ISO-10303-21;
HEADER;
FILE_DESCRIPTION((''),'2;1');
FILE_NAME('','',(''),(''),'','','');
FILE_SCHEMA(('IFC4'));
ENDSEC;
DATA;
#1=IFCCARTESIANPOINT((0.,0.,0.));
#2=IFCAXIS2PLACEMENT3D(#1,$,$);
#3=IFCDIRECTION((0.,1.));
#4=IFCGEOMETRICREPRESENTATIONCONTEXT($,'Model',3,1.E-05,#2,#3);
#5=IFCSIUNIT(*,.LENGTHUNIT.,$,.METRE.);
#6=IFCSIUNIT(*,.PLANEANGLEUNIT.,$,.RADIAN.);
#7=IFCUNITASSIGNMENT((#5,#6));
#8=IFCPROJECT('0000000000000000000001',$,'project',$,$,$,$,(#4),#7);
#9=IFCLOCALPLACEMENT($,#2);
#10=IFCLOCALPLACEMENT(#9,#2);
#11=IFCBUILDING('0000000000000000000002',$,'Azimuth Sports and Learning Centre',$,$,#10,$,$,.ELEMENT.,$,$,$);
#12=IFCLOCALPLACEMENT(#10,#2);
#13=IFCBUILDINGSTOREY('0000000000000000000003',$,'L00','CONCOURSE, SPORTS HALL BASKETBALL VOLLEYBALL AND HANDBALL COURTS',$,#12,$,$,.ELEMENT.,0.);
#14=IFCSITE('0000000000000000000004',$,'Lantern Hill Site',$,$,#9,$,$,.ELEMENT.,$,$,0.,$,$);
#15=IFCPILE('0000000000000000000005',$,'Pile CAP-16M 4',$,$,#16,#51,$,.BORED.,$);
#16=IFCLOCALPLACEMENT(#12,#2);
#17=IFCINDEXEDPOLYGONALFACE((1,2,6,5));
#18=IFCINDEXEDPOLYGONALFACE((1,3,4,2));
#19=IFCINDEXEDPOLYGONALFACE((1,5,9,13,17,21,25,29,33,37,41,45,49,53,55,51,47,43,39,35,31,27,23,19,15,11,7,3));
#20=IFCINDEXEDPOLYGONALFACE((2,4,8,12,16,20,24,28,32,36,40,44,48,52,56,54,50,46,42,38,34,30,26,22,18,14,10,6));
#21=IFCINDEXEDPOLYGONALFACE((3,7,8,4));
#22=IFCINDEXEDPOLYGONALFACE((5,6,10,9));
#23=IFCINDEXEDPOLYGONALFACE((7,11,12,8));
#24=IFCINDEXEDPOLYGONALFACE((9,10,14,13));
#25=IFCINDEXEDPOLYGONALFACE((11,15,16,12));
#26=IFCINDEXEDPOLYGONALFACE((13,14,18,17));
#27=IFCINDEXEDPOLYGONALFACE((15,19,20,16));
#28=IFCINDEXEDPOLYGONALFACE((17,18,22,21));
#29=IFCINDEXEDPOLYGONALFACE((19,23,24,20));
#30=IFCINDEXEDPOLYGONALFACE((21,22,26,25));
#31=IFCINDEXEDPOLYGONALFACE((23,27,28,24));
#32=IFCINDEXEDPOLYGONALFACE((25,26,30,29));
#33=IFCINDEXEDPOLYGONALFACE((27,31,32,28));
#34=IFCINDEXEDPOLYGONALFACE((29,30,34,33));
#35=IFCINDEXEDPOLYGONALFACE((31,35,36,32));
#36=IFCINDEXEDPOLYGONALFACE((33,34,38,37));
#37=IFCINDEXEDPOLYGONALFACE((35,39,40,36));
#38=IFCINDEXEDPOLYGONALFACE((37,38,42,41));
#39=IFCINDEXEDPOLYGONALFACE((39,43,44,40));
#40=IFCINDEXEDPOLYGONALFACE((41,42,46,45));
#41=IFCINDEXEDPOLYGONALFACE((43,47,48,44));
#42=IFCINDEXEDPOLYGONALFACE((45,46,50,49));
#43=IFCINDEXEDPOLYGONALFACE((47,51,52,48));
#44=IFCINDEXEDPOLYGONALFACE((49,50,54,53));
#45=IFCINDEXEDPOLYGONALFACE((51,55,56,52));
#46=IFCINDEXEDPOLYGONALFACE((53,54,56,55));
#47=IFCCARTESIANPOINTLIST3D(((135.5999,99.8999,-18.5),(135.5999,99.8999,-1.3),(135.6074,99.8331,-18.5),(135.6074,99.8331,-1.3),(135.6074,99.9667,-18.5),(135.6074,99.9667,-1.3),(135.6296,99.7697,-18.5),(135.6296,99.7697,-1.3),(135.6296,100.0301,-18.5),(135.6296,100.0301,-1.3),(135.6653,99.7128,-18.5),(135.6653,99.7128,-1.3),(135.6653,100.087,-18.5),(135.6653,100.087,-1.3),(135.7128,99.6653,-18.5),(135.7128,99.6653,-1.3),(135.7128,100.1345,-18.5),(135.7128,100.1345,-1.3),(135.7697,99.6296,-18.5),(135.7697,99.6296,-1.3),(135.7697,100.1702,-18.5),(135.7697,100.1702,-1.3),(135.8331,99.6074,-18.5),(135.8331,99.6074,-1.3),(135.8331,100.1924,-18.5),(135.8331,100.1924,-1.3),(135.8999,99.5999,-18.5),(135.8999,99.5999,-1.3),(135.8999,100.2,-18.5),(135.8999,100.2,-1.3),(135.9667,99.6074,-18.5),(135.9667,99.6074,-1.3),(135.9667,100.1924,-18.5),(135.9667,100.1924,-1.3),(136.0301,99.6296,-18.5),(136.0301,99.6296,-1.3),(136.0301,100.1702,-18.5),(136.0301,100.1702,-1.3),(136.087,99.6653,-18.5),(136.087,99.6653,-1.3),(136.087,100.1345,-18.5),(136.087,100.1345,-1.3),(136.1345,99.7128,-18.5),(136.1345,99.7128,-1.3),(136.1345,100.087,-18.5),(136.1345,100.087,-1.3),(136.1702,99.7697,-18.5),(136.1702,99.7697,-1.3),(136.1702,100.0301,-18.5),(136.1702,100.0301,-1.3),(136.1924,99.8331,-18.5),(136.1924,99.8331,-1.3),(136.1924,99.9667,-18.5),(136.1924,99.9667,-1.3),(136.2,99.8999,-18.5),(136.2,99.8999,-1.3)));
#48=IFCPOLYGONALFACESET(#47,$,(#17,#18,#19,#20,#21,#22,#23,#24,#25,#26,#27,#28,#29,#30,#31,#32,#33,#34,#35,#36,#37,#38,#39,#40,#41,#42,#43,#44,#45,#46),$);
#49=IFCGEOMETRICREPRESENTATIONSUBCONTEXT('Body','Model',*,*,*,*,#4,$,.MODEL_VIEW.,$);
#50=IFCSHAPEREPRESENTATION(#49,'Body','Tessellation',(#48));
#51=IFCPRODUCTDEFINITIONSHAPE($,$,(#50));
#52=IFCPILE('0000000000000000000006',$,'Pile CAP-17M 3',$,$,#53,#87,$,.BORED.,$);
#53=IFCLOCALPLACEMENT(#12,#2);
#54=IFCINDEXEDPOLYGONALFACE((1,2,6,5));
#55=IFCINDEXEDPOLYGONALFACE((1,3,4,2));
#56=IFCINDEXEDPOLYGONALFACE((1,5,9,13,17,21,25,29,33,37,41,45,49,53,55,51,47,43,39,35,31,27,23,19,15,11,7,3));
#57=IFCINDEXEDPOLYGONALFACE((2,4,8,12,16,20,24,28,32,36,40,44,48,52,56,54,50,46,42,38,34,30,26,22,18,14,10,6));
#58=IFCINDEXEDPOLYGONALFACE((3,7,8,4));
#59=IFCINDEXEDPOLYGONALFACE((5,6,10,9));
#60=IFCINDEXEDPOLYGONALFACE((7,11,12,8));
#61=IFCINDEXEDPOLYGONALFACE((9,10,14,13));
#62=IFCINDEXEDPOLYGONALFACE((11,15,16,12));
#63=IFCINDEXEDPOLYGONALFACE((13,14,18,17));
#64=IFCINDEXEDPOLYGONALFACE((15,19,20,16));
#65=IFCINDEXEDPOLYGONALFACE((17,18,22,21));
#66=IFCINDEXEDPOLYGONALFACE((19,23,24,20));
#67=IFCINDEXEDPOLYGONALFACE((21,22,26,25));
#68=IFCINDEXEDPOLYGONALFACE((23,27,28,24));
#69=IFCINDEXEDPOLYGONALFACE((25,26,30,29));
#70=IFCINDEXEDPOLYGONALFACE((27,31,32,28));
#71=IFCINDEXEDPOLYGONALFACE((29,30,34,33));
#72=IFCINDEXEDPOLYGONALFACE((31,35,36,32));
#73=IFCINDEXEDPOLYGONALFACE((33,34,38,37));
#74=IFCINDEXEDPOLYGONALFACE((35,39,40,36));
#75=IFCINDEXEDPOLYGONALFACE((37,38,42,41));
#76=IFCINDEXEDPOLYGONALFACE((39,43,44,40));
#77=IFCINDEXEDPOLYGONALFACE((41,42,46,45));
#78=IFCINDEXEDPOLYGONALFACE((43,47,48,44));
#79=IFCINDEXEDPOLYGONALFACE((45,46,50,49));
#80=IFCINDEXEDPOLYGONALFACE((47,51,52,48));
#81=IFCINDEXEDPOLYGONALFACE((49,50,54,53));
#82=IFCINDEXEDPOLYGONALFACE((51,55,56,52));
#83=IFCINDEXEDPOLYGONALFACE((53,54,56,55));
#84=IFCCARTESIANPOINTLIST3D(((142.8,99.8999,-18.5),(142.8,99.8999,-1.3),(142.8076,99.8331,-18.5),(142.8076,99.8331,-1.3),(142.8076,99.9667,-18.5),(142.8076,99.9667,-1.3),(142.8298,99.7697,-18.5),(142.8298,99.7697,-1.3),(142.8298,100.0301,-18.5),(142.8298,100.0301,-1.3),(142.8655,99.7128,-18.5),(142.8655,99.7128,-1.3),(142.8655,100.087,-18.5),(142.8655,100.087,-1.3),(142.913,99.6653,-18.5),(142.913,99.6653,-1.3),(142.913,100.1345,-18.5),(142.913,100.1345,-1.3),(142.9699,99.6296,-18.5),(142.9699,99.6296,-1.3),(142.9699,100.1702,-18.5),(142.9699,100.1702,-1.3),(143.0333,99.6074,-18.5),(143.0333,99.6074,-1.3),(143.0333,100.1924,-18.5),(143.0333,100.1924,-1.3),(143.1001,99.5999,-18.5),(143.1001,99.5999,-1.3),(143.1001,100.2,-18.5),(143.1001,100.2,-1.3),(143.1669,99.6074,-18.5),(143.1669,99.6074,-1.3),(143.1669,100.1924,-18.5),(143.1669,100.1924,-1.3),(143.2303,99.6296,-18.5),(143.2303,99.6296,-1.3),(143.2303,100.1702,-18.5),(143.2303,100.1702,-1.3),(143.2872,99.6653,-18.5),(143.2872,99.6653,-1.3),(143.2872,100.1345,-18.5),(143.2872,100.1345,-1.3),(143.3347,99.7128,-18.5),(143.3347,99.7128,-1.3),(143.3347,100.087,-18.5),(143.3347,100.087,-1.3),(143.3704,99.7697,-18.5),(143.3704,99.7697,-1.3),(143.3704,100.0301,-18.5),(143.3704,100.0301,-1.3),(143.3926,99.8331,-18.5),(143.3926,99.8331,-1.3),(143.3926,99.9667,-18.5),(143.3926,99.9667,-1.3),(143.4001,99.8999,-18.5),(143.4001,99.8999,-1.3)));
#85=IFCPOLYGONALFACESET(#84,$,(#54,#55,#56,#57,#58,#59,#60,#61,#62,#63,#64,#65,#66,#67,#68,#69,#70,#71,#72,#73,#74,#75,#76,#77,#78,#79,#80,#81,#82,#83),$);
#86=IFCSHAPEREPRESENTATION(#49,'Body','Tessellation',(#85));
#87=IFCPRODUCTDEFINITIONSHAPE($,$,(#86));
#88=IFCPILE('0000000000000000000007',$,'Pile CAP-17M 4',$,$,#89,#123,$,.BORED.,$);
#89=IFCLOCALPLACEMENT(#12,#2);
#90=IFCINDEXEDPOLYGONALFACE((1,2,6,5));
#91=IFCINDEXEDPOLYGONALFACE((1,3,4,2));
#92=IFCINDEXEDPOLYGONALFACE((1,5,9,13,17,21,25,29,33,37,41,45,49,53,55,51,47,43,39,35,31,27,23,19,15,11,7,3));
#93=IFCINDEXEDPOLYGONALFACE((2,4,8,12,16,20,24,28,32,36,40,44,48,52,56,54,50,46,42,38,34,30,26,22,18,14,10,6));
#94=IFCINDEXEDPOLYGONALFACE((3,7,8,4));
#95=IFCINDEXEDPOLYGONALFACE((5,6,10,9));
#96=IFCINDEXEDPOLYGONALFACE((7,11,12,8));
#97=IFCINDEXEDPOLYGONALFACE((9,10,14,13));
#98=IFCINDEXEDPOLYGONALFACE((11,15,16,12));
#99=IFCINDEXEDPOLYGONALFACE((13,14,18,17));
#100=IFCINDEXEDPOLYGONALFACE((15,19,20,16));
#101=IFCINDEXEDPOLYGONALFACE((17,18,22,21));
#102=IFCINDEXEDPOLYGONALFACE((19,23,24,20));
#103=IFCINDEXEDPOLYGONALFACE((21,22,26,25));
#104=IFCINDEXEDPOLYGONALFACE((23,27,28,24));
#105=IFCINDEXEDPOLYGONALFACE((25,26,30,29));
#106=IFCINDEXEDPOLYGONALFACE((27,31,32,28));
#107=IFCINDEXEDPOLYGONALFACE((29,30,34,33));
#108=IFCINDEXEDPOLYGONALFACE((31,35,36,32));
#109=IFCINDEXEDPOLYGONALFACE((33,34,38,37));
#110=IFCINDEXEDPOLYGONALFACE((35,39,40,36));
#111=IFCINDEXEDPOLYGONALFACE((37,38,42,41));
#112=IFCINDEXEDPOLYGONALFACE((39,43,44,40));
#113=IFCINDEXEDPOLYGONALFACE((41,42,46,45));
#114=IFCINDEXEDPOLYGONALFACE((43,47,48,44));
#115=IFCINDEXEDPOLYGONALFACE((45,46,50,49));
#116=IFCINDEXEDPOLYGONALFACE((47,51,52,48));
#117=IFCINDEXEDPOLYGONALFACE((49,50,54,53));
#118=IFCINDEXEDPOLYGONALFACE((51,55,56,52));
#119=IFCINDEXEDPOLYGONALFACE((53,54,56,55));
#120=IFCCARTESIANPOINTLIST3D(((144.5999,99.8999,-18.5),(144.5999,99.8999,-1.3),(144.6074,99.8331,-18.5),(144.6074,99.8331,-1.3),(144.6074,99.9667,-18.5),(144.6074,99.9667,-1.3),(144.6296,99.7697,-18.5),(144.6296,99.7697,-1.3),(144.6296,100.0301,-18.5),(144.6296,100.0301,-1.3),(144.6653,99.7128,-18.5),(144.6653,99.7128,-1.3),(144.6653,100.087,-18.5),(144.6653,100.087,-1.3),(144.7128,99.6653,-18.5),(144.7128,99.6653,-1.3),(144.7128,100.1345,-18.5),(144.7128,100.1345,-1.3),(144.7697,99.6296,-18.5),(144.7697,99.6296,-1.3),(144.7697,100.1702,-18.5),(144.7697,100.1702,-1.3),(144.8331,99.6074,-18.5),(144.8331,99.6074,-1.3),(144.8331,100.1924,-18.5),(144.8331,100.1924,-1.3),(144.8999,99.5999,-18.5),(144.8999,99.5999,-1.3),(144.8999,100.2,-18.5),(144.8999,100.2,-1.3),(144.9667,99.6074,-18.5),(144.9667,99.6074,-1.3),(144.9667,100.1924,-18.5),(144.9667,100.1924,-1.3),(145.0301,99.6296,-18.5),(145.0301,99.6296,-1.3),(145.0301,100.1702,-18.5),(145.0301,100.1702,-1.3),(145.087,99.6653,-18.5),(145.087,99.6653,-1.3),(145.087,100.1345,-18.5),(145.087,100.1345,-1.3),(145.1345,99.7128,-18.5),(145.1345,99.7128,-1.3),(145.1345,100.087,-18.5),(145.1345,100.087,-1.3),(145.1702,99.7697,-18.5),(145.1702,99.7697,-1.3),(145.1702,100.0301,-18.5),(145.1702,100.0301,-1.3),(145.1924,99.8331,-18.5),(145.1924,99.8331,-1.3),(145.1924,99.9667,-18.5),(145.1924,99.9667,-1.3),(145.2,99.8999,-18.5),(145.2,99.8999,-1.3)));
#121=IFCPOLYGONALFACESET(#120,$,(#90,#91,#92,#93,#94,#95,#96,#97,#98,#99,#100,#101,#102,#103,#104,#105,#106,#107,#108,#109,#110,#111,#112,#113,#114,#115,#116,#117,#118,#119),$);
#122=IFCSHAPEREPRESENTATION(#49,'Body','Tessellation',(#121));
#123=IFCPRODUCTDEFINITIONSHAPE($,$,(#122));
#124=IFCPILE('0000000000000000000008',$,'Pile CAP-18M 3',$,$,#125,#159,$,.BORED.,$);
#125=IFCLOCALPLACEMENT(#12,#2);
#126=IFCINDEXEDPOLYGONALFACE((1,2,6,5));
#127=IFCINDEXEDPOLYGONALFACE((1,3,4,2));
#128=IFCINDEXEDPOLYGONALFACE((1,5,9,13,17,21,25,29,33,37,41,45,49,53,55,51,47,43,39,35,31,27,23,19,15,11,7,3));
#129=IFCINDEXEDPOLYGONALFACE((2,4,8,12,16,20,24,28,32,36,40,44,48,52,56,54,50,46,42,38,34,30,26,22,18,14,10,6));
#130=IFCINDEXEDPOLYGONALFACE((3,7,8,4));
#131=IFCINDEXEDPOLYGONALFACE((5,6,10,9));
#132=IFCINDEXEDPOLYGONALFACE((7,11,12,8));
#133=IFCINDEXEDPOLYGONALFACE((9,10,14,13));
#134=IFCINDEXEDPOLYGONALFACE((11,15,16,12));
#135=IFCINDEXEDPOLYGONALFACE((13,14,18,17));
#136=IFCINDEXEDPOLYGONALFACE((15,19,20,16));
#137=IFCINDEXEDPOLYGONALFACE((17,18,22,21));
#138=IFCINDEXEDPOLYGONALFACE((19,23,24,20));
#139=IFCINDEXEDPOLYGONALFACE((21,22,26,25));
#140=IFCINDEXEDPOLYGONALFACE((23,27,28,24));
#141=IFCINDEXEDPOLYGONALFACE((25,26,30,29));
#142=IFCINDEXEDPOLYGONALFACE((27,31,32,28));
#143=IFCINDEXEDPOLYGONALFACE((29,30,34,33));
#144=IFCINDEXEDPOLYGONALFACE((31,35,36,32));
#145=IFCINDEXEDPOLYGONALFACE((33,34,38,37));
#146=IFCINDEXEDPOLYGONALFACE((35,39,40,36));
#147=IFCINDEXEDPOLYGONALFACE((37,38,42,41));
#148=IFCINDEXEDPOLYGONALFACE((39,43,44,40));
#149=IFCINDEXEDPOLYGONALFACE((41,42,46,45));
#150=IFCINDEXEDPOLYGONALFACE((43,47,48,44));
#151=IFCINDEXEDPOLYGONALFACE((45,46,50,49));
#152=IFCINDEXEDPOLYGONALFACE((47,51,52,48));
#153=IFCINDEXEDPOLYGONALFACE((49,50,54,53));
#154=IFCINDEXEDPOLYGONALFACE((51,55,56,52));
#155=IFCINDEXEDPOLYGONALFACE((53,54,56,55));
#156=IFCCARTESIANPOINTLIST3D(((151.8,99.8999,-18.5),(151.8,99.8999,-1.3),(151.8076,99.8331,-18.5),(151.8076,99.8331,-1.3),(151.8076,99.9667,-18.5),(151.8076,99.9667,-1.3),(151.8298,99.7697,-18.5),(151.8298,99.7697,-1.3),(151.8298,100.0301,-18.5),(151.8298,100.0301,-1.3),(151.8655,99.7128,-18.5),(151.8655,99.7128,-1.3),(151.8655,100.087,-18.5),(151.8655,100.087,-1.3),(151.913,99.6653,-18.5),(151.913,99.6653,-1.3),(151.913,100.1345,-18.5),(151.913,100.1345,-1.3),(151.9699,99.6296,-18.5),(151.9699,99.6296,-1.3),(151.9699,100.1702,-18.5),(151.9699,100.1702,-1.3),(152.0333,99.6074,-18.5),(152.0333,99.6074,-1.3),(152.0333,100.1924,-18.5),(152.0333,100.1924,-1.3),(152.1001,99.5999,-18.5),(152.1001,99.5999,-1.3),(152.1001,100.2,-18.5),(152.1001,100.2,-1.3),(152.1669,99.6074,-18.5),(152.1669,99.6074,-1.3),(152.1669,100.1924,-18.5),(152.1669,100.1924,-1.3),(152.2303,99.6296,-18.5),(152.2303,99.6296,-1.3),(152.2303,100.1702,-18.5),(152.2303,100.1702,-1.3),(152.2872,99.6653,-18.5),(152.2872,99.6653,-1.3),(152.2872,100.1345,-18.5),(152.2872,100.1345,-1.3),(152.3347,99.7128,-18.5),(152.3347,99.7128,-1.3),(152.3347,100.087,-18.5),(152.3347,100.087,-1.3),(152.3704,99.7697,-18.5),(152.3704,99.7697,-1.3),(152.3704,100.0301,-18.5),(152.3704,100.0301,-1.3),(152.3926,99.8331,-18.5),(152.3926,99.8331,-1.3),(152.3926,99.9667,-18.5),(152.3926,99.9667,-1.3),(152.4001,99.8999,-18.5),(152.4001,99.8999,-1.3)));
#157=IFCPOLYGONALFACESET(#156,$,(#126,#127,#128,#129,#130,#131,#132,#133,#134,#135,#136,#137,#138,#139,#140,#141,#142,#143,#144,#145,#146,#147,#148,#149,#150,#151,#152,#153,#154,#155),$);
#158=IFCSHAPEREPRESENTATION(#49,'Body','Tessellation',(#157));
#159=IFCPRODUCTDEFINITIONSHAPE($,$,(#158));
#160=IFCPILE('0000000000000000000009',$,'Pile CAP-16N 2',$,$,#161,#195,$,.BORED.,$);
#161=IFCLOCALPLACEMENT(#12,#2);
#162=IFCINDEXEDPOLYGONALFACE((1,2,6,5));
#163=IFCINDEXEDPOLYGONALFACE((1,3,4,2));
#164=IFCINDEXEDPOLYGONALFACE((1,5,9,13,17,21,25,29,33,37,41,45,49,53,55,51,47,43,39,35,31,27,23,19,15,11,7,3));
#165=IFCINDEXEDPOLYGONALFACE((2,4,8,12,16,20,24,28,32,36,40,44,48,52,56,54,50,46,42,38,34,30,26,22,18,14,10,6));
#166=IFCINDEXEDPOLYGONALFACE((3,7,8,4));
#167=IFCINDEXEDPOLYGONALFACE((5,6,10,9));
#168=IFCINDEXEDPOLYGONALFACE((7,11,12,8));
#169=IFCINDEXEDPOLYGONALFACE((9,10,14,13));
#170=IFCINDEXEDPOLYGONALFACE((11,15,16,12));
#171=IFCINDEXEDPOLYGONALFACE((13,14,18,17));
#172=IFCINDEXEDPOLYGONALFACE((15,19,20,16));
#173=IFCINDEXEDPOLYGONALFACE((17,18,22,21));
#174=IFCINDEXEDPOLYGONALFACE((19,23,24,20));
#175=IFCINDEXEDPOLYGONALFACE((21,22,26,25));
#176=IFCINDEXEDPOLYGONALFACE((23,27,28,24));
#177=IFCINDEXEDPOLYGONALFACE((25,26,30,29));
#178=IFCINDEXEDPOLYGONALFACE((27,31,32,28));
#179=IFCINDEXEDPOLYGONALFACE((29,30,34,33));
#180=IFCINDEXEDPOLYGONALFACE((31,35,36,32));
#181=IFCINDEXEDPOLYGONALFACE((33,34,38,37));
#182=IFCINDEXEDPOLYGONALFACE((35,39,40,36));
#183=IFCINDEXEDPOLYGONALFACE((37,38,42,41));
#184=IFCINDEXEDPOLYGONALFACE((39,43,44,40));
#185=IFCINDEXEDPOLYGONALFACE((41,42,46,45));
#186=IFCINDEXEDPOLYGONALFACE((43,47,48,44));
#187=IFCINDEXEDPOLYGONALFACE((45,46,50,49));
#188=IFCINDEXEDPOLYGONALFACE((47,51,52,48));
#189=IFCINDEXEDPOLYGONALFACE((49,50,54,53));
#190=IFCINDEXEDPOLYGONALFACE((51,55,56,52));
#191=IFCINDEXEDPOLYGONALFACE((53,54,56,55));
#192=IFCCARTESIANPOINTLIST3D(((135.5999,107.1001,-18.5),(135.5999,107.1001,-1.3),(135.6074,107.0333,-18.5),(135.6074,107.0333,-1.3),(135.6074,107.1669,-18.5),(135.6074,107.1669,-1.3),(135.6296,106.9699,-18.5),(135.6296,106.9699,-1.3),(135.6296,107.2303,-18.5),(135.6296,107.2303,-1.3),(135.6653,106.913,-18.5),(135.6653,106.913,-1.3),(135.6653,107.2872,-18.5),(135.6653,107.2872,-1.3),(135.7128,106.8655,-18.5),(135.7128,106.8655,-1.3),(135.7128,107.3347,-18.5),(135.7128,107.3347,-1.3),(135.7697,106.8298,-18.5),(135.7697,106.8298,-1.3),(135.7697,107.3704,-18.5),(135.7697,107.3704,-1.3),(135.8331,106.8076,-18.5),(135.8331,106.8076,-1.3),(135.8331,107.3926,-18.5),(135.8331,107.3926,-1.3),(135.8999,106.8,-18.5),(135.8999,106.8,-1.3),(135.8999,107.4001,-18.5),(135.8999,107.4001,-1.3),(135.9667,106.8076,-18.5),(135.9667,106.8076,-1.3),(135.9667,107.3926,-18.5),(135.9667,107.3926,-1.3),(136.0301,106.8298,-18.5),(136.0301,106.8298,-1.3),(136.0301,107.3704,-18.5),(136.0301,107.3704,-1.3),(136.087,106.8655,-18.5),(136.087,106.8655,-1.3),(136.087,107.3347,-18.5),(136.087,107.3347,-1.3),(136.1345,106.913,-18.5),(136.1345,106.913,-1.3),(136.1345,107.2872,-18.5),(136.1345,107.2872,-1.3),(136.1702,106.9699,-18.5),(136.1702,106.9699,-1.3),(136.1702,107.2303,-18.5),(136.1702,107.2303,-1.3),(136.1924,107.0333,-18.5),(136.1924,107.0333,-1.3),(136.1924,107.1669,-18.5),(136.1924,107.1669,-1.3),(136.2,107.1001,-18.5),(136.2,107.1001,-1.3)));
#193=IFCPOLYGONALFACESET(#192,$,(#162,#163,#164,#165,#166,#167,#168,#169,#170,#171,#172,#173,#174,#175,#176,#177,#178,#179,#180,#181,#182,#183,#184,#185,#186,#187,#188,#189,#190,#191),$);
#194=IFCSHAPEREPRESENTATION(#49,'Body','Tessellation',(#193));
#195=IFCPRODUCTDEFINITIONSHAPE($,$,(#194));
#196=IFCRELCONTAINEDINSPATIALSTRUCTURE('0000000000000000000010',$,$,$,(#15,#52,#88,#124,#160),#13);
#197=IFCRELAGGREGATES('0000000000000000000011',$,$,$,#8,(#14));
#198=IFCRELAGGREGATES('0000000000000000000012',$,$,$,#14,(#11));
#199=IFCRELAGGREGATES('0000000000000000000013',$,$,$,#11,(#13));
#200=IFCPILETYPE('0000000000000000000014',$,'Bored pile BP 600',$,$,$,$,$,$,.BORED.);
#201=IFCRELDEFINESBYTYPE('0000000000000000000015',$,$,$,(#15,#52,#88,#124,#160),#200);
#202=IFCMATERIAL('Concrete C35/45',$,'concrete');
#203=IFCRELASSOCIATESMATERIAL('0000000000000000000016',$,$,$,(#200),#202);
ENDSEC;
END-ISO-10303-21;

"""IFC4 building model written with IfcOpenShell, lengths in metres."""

from ifc_helpers import new_model, si_unit, direction, frame, origin, origin_2d, place, context, subcontext, project, spatial, circle, extrude, material, material_profile, profile_set, type_object, element, save


model = new_model("IFC4")

# Units and contexts
model_context = context("Model", 3, precision=1e-05, world=origin(), true_north=direction((0.0, 1.0)))
body_context = subcontext(model_context, "Body", "Model", "MODEL_VIEW")
ifc_project = project(units=[si_unit("LENGTHUNIT", "METRE"), si_unit("PLANEANGLEUNIT", "RADIAN")], contexts=[model_context])

# Site, building, storey
site_placement = place(None, origin())
site = spatial("IfcSite", under=ifc_project, at=site_placement, Name="Lantern Hill Site", CompositionType="ELEMENT", RefElevation=0.0)
building_placement = place(site_placement, origin())
building = spatial("IfcBuilding", under=site, at=building_placement, Name="Azimuth Sports and Learning Centre", CompositionType="ELEMENT")
storey_placement = place(building_placement, origin())
storey = spatial("IfcBuildingStorey", under=building, at=storey_placement, Name="L00", Description="CONCOURSE, SPORTS HALL BASKETBALL VOLLEYBALL AND HANDBALL COURTS", CompositionType="ELEMENT", Elevation=0.0)

# Piles
ifc_material_1 = material(Name="Concrete C35/45", Category="concrete")
ifc_material_profile_1 = material_profile(ifc_material_1, circle(Radius=0.3, at=origin_2d()), Name="BP 600")
ifc_profile_set_1 = profile_set([ifc_material_profile_1], Name="Concrete C35/45")
pile_type = type_object("IfcPileType", Name="Bored pile BP 600", PredefinedType="BORED", material=ifc_profile_set_1)
for number, where, z_axis, x_axis, name in (
    (1, (135.8999, 99.8999, -1.3), (0.0, 0.0, -1.0), (1.0, 0.0, 0.0), "Pile CAP-16M 4"),
    (2, (143.1001, 99.8999, -1.3), (0.0, 0.0, -1.0), (1.0, 0.0, 0.0), "Pile CAP-17M 3"),
    (3, (144.8999, 99.8999, -1.3), (0.0, 0.0, -1.0), (1.0, 0.0, 0.0), "Pile CAP-17M 4"),
    (4, (152.1001, 99.8999, -1.3), (0.0, 0.0, -1.0), (1.0, 0.0, 0.0), "Pile CAP-18M 3"),
    (5, (135.8999, 107.1001, -1.3), (0.0, 0.0, -1.0), (1.0, 0.0, 0.0), "Pile CAP-16N 2"),
):
    element("IfcPile", number, at=place(storey_placement, frame(where, z_axis=z_axis, x_axis=x_axis)), inside=storey, type_object=pile_type, Name=name, PredefinedType="BORED", context=body_context, shape_type="SweptSolid", body=[
        extrude(circle(Radius=0.3, at=origin_2d()), origin(), (0.0, 0.0, 1.0), 17.2),
    ])

save(model, "model.ifc")
